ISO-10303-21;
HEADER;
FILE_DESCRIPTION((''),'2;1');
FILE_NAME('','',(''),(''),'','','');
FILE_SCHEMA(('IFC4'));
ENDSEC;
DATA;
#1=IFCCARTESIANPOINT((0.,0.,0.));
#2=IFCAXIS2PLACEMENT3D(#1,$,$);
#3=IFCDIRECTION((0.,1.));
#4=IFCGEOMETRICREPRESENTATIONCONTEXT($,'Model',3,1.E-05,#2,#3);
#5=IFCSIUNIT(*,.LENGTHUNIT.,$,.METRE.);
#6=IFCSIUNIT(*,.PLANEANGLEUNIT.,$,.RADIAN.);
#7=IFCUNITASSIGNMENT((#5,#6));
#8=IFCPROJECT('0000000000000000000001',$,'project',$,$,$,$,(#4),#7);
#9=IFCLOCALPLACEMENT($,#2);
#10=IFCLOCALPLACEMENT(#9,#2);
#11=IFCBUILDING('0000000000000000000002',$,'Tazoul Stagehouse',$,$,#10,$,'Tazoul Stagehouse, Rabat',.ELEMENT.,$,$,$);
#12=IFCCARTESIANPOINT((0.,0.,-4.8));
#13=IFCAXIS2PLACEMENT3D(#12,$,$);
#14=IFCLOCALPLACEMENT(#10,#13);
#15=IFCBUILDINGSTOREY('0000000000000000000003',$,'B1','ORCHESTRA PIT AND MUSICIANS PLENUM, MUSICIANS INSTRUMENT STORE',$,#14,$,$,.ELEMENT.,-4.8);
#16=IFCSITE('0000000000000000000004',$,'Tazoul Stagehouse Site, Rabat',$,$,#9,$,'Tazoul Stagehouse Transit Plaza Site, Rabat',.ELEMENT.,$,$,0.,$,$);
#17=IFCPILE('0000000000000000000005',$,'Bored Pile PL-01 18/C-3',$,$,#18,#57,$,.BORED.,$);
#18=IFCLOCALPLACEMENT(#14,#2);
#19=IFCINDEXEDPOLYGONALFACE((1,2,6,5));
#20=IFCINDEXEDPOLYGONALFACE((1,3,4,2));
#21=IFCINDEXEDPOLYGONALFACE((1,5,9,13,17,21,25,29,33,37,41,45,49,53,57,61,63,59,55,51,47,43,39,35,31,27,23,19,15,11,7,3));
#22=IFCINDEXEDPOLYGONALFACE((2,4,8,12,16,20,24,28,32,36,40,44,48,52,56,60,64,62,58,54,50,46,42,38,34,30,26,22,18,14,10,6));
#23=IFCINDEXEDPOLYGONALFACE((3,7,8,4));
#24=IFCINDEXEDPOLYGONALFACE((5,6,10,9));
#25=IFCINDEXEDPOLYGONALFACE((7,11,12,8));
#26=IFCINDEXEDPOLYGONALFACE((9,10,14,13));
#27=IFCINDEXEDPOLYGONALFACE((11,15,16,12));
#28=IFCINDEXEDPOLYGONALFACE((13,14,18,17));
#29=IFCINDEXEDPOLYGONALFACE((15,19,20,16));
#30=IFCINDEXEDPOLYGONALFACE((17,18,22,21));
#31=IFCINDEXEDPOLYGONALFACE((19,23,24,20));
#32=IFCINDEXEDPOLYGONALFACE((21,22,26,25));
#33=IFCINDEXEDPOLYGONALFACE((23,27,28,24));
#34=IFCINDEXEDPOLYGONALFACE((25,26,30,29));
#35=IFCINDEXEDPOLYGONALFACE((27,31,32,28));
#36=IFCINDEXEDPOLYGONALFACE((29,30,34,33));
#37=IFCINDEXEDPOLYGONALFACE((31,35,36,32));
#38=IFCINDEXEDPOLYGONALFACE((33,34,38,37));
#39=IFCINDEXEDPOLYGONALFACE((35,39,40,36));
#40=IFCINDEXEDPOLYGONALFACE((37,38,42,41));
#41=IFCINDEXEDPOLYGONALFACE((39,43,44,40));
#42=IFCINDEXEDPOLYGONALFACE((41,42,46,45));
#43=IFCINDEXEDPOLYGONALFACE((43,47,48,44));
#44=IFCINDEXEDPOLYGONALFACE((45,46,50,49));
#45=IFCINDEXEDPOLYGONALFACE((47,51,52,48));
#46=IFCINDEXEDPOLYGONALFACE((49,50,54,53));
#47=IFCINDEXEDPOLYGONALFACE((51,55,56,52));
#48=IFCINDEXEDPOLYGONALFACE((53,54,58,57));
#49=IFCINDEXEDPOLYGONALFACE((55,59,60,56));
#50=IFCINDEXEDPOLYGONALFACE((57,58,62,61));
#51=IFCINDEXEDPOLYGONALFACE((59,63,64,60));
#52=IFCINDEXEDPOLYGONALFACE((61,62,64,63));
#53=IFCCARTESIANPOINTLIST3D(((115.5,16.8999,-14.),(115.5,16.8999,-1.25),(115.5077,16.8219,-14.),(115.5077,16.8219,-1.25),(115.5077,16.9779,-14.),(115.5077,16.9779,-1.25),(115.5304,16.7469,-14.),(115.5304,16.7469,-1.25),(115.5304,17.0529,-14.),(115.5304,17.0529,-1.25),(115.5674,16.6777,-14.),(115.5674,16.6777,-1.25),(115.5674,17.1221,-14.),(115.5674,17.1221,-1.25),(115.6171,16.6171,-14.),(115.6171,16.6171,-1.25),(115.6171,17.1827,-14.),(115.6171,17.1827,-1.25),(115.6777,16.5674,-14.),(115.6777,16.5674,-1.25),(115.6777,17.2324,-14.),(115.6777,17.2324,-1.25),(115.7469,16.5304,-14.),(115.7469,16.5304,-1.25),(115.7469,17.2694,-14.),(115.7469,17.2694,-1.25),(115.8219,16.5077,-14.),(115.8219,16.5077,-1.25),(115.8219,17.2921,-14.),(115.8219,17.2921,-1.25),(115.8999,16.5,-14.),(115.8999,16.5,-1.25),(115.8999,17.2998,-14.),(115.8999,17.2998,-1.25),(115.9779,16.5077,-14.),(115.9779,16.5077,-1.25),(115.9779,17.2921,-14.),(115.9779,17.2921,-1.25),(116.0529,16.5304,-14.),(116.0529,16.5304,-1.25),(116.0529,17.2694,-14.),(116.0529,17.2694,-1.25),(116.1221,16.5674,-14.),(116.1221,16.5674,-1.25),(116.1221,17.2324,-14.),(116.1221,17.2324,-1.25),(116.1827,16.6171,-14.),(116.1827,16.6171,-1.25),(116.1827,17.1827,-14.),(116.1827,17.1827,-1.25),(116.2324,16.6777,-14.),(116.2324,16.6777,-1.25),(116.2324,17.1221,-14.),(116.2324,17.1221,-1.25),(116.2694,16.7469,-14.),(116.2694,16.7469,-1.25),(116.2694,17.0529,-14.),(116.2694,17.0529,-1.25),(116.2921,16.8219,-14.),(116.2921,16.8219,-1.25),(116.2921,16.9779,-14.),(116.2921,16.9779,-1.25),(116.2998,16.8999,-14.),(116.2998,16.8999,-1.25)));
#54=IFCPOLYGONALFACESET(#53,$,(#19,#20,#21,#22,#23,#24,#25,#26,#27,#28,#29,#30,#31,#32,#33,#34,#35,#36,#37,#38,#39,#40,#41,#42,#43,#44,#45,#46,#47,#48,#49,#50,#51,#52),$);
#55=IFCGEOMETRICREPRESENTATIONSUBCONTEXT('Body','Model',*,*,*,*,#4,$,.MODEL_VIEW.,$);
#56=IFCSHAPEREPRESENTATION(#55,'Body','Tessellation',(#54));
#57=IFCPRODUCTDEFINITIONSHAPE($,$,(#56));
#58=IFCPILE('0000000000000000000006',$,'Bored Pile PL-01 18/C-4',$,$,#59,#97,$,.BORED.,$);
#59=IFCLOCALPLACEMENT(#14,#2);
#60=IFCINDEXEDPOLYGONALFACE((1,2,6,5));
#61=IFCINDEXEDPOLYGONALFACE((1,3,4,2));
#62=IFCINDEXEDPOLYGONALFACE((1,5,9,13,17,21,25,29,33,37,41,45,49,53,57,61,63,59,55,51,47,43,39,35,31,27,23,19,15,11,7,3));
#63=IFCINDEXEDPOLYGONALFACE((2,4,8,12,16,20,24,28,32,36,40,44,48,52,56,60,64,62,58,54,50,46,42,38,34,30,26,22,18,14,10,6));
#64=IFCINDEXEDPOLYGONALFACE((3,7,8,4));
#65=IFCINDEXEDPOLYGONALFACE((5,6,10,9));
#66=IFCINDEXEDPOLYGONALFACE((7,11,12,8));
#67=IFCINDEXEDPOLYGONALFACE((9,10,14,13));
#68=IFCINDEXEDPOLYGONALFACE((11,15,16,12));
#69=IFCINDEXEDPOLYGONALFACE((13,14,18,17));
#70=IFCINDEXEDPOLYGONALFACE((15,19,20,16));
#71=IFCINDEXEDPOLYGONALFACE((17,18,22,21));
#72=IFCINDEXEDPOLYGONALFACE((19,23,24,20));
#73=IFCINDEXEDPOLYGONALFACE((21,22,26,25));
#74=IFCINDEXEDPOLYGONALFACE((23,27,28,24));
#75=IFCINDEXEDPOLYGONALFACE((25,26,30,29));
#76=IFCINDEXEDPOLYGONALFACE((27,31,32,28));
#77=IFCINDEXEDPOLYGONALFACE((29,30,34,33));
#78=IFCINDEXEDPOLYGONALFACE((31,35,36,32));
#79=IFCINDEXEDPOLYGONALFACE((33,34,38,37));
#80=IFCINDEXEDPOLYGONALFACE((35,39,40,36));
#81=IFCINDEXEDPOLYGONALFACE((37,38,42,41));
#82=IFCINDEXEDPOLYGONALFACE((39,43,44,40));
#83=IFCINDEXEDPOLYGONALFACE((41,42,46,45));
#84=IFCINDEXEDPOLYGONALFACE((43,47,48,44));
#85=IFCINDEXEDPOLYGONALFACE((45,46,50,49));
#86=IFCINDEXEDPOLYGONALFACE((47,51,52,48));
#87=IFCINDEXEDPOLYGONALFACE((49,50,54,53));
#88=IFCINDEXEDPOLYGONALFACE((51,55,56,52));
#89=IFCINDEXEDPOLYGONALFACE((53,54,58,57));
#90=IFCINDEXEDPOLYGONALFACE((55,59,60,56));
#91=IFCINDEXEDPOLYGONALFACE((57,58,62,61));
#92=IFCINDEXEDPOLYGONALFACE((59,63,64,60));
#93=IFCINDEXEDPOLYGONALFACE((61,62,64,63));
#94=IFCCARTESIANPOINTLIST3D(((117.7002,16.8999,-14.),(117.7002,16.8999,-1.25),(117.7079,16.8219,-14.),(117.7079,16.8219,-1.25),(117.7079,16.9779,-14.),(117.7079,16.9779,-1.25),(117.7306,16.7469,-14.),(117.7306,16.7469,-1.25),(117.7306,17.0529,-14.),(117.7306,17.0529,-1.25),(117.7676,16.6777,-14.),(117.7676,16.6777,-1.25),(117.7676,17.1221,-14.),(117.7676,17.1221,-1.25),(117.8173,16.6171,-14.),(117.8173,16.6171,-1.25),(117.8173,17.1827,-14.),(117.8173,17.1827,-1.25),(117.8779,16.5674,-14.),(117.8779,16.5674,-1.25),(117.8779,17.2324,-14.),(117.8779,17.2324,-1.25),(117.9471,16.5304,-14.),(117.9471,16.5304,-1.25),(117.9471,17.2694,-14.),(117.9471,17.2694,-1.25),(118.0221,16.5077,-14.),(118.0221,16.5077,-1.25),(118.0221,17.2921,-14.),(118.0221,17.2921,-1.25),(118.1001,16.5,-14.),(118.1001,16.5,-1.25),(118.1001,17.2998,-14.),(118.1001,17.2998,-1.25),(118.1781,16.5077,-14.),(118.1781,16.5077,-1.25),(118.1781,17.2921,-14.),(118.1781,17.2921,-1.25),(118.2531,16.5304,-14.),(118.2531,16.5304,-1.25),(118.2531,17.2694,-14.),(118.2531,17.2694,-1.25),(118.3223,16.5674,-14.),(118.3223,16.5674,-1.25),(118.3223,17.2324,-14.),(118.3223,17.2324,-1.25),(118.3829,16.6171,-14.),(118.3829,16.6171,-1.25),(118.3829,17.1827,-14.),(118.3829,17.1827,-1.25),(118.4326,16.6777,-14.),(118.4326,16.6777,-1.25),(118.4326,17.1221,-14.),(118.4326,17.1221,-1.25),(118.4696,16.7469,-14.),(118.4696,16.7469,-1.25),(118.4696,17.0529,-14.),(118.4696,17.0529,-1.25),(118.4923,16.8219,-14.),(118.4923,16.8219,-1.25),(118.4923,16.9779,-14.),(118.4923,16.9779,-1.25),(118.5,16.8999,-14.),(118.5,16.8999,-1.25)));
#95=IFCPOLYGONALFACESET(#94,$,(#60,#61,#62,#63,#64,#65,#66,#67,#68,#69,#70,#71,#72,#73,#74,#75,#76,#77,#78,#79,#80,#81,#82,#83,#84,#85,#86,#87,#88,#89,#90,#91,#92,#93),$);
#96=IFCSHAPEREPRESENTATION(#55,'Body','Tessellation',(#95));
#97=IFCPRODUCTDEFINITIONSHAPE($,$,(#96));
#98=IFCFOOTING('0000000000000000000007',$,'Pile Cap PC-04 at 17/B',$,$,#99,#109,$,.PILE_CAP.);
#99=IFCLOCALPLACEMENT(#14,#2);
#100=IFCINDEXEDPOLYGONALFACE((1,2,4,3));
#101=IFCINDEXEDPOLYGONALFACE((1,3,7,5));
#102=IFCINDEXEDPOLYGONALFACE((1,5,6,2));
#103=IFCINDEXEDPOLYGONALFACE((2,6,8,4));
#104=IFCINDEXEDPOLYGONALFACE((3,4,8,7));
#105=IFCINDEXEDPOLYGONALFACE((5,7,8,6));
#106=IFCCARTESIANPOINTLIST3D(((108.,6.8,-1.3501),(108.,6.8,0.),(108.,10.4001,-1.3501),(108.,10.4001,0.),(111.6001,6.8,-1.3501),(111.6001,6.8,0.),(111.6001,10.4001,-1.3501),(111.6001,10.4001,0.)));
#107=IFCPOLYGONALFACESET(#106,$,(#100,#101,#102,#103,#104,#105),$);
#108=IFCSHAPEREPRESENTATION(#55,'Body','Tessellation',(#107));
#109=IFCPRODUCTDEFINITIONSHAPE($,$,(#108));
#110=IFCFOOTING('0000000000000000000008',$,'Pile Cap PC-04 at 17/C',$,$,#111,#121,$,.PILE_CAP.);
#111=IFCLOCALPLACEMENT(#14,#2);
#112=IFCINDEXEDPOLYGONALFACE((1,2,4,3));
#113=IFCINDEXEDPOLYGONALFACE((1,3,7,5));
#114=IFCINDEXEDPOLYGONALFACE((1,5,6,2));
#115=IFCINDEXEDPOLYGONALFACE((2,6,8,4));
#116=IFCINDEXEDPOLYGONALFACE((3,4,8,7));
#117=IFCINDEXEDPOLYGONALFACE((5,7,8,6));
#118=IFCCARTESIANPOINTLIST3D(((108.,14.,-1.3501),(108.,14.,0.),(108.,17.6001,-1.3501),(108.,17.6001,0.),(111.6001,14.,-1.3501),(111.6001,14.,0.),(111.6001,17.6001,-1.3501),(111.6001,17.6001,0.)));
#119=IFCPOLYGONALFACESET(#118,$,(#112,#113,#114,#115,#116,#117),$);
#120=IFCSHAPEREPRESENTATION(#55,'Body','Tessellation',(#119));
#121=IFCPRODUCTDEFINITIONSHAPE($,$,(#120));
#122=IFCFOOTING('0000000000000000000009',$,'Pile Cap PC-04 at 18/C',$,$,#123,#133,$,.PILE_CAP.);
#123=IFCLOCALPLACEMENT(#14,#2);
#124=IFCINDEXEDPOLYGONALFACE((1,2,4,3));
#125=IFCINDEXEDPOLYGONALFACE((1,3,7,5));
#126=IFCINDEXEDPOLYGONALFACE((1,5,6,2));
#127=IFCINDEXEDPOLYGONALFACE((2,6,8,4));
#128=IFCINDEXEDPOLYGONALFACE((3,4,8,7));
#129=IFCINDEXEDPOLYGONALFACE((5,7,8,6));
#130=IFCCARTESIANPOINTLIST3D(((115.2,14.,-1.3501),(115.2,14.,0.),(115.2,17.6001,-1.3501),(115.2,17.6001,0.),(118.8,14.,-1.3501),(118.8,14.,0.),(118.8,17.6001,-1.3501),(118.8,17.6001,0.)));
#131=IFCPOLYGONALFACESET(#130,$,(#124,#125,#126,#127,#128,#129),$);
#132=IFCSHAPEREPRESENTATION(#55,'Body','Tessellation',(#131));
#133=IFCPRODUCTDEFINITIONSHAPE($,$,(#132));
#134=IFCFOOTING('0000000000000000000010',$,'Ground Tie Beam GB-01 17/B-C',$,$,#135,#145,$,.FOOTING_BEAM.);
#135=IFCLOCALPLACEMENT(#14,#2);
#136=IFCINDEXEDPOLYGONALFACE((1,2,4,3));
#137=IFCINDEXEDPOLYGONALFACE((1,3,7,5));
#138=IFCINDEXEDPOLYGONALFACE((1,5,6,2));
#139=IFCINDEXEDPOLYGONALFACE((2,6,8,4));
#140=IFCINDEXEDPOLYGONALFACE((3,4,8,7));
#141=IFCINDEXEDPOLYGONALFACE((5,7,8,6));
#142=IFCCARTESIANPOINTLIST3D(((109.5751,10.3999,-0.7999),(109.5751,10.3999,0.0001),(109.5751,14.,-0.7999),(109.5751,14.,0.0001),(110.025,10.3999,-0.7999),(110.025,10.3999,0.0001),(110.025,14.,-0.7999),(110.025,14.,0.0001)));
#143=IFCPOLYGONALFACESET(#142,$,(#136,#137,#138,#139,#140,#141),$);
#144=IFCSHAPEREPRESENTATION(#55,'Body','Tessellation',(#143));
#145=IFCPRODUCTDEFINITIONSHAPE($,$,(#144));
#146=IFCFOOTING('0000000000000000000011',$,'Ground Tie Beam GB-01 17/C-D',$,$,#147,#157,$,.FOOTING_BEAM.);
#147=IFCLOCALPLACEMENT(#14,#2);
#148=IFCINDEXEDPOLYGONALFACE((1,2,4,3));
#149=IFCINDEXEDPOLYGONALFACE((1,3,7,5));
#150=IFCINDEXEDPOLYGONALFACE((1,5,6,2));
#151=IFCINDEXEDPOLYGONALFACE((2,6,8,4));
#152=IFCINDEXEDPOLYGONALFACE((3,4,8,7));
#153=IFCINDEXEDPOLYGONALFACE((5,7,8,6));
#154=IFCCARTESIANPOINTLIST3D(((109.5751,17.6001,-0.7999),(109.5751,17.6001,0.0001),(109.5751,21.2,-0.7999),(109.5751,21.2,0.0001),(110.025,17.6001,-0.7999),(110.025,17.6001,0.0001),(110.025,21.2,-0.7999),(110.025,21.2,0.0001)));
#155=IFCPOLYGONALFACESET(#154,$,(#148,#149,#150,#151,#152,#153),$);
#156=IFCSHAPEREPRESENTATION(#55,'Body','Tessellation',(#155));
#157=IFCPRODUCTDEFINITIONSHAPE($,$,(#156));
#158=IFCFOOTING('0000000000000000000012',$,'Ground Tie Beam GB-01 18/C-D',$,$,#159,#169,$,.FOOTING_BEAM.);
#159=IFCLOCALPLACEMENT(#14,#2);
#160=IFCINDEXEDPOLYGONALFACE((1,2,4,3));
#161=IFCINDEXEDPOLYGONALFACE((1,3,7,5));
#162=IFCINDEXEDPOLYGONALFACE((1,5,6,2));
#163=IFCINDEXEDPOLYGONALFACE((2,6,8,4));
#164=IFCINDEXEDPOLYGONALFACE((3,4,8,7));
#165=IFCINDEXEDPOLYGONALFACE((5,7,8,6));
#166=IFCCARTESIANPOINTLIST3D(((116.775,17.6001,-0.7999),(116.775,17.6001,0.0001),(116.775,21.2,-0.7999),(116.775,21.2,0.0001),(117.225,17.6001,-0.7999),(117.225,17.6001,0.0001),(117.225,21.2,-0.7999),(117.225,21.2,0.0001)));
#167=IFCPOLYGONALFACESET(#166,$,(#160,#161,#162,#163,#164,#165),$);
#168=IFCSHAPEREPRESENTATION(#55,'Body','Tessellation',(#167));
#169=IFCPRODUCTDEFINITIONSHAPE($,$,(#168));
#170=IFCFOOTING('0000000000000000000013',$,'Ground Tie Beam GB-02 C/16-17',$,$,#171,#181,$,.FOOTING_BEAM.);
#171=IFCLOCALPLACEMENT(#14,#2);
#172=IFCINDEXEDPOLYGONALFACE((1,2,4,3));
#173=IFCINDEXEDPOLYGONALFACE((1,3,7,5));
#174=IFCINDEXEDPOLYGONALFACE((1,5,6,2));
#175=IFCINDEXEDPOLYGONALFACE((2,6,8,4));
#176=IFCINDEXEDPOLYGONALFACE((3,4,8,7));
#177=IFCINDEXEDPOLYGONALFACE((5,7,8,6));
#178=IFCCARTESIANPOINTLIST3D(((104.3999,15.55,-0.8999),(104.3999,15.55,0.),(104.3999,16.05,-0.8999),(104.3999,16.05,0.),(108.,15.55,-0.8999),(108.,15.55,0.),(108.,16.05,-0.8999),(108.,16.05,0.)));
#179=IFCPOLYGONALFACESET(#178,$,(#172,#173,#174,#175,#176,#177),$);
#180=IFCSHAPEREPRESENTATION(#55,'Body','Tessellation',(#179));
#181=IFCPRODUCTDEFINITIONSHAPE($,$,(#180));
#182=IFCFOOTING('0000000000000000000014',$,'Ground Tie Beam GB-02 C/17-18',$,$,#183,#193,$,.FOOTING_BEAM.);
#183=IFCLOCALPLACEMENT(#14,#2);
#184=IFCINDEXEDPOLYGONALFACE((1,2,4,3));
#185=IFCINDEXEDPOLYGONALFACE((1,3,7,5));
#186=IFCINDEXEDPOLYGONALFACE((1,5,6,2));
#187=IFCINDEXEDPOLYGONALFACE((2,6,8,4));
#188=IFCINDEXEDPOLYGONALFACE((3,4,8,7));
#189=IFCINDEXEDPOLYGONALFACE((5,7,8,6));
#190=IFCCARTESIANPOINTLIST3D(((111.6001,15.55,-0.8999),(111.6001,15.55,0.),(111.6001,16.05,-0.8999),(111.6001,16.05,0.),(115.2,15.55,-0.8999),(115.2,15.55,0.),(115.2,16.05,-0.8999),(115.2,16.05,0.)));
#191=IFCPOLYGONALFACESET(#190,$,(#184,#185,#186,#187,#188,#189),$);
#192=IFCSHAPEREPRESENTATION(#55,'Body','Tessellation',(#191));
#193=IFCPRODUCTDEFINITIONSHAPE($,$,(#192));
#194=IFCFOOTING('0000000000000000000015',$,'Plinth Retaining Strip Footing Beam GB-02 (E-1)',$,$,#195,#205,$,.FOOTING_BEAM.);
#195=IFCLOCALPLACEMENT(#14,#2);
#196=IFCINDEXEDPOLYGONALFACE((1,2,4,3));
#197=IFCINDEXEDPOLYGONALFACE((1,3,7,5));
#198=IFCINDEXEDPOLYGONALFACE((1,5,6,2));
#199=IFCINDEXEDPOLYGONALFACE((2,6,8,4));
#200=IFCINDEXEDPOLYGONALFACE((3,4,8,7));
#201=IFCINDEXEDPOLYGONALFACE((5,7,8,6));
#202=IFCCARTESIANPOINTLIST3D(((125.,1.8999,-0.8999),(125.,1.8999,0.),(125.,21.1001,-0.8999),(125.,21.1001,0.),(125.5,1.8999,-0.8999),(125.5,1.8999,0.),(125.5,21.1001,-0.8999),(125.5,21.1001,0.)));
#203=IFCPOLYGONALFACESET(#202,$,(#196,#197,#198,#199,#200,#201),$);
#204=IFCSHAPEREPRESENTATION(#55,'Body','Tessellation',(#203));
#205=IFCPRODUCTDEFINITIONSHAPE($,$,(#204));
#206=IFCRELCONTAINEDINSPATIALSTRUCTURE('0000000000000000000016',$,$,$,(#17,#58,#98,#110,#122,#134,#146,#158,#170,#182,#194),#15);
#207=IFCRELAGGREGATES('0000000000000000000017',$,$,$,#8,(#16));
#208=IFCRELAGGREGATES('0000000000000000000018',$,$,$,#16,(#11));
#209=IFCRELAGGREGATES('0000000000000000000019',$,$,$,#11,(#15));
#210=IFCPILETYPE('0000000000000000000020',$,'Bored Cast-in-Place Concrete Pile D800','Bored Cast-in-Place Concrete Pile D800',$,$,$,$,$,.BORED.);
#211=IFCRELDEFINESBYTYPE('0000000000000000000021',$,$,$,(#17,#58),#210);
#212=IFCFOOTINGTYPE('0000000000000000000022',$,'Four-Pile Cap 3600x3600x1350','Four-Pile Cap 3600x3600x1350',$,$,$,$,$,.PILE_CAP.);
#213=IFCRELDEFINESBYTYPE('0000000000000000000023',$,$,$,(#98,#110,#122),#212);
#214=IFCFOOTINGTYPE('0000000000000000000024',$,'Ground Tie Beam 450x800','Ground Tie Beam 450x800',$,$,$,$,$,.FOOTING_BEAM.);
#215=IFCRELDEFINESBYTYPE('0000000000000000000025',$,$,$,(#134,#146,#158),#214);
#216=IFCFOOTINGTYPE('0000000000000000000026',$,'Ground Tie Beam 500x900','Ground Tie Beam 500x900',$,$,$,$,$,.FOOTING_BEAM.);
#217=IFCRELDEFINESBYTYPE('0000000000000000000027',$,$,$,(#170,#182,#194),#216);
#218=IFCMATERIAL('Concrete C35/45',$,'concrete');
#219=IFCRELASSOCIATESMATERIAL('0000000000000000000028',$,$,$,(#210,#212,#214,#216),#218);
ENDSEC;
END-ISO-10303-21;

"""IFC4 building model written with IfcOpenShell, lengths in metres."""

from ifc_helpers import new_model, si_unit, direction, frame, origin, origin_2d, place, context, subcontext, project, spatial, rectangle, circle, extrude, material, material_profile, profile_set, type_object, element, save


model = new_model("IFC4")

# Units and contexts
model_context = context("Model", 3, precision=1e-05, world=origin(), true_north=direction((0.0, 1.0)))
body_context = subcontext(model_context, "Body", "Model", "MODEL_VIEW")
ifc_project = project(units=[si_unit("LENGTHUNIT", "METRE"), si_unit("PLANEANGLEUNIT", "RADIAN")], contexts=[model_context])

# Site, building, storey
site_placement = place(None, origin())
site = spatial("IfcSite", under=ifc_project, at=site_placement, Name="Tazoul Stagehouse Site, Rabat", LongName="Tazoul Stagehouse Transit Plaza Site, Rabat", CompositionType="ELEMENT", RefElevation=0.0)
building_placement = place(site_placement, origin())
building = spatial("IfcBuilding", under=site, at=building_placement, Name="Tazoul Stagehouse", LongName="Tazoul Stagehouse, Rabat", CompositionType="ELEMENT")
storey_placement = place(building_placement, frame((0.0, 0.0, -4.8)))
storey = spatial("IfcBuildingStorey", under=building, at=storey_placement, Name="B1", Description="ORCHESTRA PIT AND MUSICIANS PLENUM, MUSICIANS INSTRUMENT STORE", CompositionType="ELEMENT", Elevation=-4.8)

# Piles
ifc_material_1 = material(Name="Concrete C35/45", Category="concrete")
ifc_material_profile_1 = material_profile(ifc_material_1, circle(Radius=0.3999, at=origin_2d()), Name="BORED PILE 800")
ifc_profile_set_1 = profile_set([ifc_material_profile_1], Name="Concrete C35/45")
pile_type = type_object("IfcPileType", Name="Bored Cast-in-Place Concrete Pile D800", Description="Bored Cast-in-Place Concrete Pile D800", PredefinedType="BORED", material=ifc_profile_set_1)
for number, where, z_axis, x_axis, name in (
    (1, (115.8999, 16.8999, -1.25), (0.0, 0.0, -1.0), (1.0, 0.0, 0.0), "Bored Pile PL-01 18/C-3"),
    (2, (118.1001, 16.8999, -1.25), (0.0, 0.0, -1.0), (1.0, 0.0, 0.0), "Bored Pile PL-01 18/C-4"),
):
    element("IfcPile", number, at=place(storey_placement, frame(where, z_axis=z_axis, x_axis=x_axis)), inside=storey, type_object=pile_type, Name=name, PredefinedType="BORED", context=body_context, shape_type="SweptSolid", body=[
        extrude(circle(Radius=0.3999, at=origin_2d()), origin(), (0.0, 0.0, 1.0), 12.75),
    ])

# Footings
footing_type_1 = type_object("IfcFootingType", Name="Four-Pile Cap 3600x3600x1350", Description="Four-Pile Cap 3600x3600x1350", PredefinedType="PILE_CAP", material=ifc_material_1)
for number, where, z_axis, x_axis, name in (
    (3, (109.8, 8.6001, -1.3501), (0.0, 0.0, 1.0), (1.0, 0.0, 0.0), "Pile Cap PC-04 at 17/B"),
    (4, (109.8, 15.8, -1.3501), (0.0, 0.0, 1.0), (1.0, 0.0, 0.0), "Pile Cap PC-04 at 17/C"),
    (5, (117.0, 15.8, -1.3501), (0.0, 0.0, 1.0), (1.0, 0.0, 0.0), "Pile Cap PC-04 at 18/C"),
):
    element("IfcFooting", number, at=place(storey_placement, frame(where, z_axis=z_axis, x_axis=x_axis)), inside=storey, type_object=footing_type_1, Name=name, PredefinedType="PILE_CAP", context=body_context, shape_type="SweptSolid", body=[
        extrude(rectangle(XDim=3.6001, YDim=3.6001, at=origin_2d()), origin(), (0.0, 0.0, 1.0), 1.3501),
    ])
ifc_material_profile_2 = material_profile(ifc_material_1, rectangle(XDim=0.45, YDim=0.8, at=origin_2d()), Name="RC 450x800")
ifc_profile_set_2 = profile_set([ifc_material_profile_2], Name="Concrete C35/45")
footing_type_2 = type_object("IfcFootingType", Name="Ground Tie Beam 450x800", Description="Ground Tie Beam 450x800", PredefinedType="FOOTING_BEAM", material=ifc_profile_set_2)
footing_1_placement = place(storey_placement, frame((109.8, 10.3999, -0.3999), z_axis=(0.0, 1.0, 0.0), x_axis=(-1.0, 0.0, 0.0)))
element("IfcFooting", 6, at=footing_1_placement, inside=storey, type_object=footing_type_2, Name="Ground Tie Beam GB-01 17/B-C", PredefinedType="FOOTING_BEAM", context=body_context, shape_type="SweptSolid", body=[
    extrude(rectangle(XDim=0.45, YDim=0.8, at=origin_2d()), origin(), (0.0, 0.0, 1.0), 3.6001),
])
for number, where, z_axis, x_axis, name in (
    (7, (109.8, 17.6001, -0.3999), (0.0, 1.0, 0.0), (-1.0, 0.0, 0.0), "Ground Tie Beam GB-01 17/C-D"),
    (8, (117.0, 17.6001, -0.3999), (0.0, 1.0, 0.0), (-1.0, 0.0, 0.0), "Ground Tie Beam GB-01 18/C-D"),
):
    element("IfcFooting", number, at=place(storey_placement, frame(where, z_axis=z_axis, x_axis=x_axis)), inside=storey, type_object=footing_type_2, Name=name, PredefinedType="FOOTING_BEAM", context=body_context, shape_type="SweptSolid", body=[
        extrude(rectangle(XDim=0.45, YDim=0.8, at=origin_2d()), origin(), (0.0, 0.0, 1.0), 3.5999),
    ])
ifc_material_profile_3 = material_profile(ifc_material_1, rectangle(XDim=0.5, YDim=0.8999, at=origin_2d()), Name="RC 500x900")
ifc_profile_set_3 = profile_set([ifc_material_profile_3], Name="Concrete C35/45")
footing_type_3 = type_object("IfcFootingType", Name="Ground Tie Beam 500x900", Description="Ground Tie Beam 500x900", PredefinedType="FOOTING_BEAM", material=ifc_profile_set_3)
footing_2_placement = place(storey_placement, frame((104.3999, 15.8, -0.45), z_axis=(1.0, 0.0, 0.0), x_axis=(0.0, 1.0, 0.0)))
element("IfcFooting", 9, at=footing_2_placement, inside=storey, type_object=footing_type_3, Name="Ground Tie Beam GB-02 C/16-17", PredefinedType="FOOTING_BEAM", context=body_context, shape_type="SweptSolid", body=[
    extrude(rectangle(XDim=0.5, YDim=0.8999, at=origin_2d()), origin(), (0.0, 0.0, 1.0), 3.6001),
])
footing_3_placement = place(storey_placement, frame((111.6001, 15.8, -0.45), z_axis=(1.0, 0.0, 0.0), x_axis=(0.0, 1.0, 0.0)))
element("IfcFooting", 10, at=footing_3_placement, inside=storey, type_object=footing_type_3, Name="Ground Tie Beam GB-02 C/17-18", PredefinedType="FOOTING_BEAM", context=body_context, shape_type="SweptSolid", body=[
    extrude(rectangle(XDim=0.5, YDim=0.8999, at=origin_2d()), origin(), (0.0, 0.0, 1.0), 3.5999),
])
footing_4_placement = place(storey_placement, frame((125.25, 1.8999, -0.45), z_axis=(0.0, 1.0, 0.0), x_axis=(-1.0, 0.0, 0.0)))
element("IfcFooting", 11, at=footing_4_placement, inside=storey, type_object=footing_type_3, Name="Plinth Retaining Strip Footing Beam GB-02 (E-1)", PredefinedType="FOOTING_BEAM", context=body_context, shape_type="SweptSolid", body=[
    extrude(rectangle(XDim=0.5, YDim=0.8999, at=origin_2d()), origin(), (0.0, 0.0, 1.0), 19.2002),
])

save(model, "model.ifc")
